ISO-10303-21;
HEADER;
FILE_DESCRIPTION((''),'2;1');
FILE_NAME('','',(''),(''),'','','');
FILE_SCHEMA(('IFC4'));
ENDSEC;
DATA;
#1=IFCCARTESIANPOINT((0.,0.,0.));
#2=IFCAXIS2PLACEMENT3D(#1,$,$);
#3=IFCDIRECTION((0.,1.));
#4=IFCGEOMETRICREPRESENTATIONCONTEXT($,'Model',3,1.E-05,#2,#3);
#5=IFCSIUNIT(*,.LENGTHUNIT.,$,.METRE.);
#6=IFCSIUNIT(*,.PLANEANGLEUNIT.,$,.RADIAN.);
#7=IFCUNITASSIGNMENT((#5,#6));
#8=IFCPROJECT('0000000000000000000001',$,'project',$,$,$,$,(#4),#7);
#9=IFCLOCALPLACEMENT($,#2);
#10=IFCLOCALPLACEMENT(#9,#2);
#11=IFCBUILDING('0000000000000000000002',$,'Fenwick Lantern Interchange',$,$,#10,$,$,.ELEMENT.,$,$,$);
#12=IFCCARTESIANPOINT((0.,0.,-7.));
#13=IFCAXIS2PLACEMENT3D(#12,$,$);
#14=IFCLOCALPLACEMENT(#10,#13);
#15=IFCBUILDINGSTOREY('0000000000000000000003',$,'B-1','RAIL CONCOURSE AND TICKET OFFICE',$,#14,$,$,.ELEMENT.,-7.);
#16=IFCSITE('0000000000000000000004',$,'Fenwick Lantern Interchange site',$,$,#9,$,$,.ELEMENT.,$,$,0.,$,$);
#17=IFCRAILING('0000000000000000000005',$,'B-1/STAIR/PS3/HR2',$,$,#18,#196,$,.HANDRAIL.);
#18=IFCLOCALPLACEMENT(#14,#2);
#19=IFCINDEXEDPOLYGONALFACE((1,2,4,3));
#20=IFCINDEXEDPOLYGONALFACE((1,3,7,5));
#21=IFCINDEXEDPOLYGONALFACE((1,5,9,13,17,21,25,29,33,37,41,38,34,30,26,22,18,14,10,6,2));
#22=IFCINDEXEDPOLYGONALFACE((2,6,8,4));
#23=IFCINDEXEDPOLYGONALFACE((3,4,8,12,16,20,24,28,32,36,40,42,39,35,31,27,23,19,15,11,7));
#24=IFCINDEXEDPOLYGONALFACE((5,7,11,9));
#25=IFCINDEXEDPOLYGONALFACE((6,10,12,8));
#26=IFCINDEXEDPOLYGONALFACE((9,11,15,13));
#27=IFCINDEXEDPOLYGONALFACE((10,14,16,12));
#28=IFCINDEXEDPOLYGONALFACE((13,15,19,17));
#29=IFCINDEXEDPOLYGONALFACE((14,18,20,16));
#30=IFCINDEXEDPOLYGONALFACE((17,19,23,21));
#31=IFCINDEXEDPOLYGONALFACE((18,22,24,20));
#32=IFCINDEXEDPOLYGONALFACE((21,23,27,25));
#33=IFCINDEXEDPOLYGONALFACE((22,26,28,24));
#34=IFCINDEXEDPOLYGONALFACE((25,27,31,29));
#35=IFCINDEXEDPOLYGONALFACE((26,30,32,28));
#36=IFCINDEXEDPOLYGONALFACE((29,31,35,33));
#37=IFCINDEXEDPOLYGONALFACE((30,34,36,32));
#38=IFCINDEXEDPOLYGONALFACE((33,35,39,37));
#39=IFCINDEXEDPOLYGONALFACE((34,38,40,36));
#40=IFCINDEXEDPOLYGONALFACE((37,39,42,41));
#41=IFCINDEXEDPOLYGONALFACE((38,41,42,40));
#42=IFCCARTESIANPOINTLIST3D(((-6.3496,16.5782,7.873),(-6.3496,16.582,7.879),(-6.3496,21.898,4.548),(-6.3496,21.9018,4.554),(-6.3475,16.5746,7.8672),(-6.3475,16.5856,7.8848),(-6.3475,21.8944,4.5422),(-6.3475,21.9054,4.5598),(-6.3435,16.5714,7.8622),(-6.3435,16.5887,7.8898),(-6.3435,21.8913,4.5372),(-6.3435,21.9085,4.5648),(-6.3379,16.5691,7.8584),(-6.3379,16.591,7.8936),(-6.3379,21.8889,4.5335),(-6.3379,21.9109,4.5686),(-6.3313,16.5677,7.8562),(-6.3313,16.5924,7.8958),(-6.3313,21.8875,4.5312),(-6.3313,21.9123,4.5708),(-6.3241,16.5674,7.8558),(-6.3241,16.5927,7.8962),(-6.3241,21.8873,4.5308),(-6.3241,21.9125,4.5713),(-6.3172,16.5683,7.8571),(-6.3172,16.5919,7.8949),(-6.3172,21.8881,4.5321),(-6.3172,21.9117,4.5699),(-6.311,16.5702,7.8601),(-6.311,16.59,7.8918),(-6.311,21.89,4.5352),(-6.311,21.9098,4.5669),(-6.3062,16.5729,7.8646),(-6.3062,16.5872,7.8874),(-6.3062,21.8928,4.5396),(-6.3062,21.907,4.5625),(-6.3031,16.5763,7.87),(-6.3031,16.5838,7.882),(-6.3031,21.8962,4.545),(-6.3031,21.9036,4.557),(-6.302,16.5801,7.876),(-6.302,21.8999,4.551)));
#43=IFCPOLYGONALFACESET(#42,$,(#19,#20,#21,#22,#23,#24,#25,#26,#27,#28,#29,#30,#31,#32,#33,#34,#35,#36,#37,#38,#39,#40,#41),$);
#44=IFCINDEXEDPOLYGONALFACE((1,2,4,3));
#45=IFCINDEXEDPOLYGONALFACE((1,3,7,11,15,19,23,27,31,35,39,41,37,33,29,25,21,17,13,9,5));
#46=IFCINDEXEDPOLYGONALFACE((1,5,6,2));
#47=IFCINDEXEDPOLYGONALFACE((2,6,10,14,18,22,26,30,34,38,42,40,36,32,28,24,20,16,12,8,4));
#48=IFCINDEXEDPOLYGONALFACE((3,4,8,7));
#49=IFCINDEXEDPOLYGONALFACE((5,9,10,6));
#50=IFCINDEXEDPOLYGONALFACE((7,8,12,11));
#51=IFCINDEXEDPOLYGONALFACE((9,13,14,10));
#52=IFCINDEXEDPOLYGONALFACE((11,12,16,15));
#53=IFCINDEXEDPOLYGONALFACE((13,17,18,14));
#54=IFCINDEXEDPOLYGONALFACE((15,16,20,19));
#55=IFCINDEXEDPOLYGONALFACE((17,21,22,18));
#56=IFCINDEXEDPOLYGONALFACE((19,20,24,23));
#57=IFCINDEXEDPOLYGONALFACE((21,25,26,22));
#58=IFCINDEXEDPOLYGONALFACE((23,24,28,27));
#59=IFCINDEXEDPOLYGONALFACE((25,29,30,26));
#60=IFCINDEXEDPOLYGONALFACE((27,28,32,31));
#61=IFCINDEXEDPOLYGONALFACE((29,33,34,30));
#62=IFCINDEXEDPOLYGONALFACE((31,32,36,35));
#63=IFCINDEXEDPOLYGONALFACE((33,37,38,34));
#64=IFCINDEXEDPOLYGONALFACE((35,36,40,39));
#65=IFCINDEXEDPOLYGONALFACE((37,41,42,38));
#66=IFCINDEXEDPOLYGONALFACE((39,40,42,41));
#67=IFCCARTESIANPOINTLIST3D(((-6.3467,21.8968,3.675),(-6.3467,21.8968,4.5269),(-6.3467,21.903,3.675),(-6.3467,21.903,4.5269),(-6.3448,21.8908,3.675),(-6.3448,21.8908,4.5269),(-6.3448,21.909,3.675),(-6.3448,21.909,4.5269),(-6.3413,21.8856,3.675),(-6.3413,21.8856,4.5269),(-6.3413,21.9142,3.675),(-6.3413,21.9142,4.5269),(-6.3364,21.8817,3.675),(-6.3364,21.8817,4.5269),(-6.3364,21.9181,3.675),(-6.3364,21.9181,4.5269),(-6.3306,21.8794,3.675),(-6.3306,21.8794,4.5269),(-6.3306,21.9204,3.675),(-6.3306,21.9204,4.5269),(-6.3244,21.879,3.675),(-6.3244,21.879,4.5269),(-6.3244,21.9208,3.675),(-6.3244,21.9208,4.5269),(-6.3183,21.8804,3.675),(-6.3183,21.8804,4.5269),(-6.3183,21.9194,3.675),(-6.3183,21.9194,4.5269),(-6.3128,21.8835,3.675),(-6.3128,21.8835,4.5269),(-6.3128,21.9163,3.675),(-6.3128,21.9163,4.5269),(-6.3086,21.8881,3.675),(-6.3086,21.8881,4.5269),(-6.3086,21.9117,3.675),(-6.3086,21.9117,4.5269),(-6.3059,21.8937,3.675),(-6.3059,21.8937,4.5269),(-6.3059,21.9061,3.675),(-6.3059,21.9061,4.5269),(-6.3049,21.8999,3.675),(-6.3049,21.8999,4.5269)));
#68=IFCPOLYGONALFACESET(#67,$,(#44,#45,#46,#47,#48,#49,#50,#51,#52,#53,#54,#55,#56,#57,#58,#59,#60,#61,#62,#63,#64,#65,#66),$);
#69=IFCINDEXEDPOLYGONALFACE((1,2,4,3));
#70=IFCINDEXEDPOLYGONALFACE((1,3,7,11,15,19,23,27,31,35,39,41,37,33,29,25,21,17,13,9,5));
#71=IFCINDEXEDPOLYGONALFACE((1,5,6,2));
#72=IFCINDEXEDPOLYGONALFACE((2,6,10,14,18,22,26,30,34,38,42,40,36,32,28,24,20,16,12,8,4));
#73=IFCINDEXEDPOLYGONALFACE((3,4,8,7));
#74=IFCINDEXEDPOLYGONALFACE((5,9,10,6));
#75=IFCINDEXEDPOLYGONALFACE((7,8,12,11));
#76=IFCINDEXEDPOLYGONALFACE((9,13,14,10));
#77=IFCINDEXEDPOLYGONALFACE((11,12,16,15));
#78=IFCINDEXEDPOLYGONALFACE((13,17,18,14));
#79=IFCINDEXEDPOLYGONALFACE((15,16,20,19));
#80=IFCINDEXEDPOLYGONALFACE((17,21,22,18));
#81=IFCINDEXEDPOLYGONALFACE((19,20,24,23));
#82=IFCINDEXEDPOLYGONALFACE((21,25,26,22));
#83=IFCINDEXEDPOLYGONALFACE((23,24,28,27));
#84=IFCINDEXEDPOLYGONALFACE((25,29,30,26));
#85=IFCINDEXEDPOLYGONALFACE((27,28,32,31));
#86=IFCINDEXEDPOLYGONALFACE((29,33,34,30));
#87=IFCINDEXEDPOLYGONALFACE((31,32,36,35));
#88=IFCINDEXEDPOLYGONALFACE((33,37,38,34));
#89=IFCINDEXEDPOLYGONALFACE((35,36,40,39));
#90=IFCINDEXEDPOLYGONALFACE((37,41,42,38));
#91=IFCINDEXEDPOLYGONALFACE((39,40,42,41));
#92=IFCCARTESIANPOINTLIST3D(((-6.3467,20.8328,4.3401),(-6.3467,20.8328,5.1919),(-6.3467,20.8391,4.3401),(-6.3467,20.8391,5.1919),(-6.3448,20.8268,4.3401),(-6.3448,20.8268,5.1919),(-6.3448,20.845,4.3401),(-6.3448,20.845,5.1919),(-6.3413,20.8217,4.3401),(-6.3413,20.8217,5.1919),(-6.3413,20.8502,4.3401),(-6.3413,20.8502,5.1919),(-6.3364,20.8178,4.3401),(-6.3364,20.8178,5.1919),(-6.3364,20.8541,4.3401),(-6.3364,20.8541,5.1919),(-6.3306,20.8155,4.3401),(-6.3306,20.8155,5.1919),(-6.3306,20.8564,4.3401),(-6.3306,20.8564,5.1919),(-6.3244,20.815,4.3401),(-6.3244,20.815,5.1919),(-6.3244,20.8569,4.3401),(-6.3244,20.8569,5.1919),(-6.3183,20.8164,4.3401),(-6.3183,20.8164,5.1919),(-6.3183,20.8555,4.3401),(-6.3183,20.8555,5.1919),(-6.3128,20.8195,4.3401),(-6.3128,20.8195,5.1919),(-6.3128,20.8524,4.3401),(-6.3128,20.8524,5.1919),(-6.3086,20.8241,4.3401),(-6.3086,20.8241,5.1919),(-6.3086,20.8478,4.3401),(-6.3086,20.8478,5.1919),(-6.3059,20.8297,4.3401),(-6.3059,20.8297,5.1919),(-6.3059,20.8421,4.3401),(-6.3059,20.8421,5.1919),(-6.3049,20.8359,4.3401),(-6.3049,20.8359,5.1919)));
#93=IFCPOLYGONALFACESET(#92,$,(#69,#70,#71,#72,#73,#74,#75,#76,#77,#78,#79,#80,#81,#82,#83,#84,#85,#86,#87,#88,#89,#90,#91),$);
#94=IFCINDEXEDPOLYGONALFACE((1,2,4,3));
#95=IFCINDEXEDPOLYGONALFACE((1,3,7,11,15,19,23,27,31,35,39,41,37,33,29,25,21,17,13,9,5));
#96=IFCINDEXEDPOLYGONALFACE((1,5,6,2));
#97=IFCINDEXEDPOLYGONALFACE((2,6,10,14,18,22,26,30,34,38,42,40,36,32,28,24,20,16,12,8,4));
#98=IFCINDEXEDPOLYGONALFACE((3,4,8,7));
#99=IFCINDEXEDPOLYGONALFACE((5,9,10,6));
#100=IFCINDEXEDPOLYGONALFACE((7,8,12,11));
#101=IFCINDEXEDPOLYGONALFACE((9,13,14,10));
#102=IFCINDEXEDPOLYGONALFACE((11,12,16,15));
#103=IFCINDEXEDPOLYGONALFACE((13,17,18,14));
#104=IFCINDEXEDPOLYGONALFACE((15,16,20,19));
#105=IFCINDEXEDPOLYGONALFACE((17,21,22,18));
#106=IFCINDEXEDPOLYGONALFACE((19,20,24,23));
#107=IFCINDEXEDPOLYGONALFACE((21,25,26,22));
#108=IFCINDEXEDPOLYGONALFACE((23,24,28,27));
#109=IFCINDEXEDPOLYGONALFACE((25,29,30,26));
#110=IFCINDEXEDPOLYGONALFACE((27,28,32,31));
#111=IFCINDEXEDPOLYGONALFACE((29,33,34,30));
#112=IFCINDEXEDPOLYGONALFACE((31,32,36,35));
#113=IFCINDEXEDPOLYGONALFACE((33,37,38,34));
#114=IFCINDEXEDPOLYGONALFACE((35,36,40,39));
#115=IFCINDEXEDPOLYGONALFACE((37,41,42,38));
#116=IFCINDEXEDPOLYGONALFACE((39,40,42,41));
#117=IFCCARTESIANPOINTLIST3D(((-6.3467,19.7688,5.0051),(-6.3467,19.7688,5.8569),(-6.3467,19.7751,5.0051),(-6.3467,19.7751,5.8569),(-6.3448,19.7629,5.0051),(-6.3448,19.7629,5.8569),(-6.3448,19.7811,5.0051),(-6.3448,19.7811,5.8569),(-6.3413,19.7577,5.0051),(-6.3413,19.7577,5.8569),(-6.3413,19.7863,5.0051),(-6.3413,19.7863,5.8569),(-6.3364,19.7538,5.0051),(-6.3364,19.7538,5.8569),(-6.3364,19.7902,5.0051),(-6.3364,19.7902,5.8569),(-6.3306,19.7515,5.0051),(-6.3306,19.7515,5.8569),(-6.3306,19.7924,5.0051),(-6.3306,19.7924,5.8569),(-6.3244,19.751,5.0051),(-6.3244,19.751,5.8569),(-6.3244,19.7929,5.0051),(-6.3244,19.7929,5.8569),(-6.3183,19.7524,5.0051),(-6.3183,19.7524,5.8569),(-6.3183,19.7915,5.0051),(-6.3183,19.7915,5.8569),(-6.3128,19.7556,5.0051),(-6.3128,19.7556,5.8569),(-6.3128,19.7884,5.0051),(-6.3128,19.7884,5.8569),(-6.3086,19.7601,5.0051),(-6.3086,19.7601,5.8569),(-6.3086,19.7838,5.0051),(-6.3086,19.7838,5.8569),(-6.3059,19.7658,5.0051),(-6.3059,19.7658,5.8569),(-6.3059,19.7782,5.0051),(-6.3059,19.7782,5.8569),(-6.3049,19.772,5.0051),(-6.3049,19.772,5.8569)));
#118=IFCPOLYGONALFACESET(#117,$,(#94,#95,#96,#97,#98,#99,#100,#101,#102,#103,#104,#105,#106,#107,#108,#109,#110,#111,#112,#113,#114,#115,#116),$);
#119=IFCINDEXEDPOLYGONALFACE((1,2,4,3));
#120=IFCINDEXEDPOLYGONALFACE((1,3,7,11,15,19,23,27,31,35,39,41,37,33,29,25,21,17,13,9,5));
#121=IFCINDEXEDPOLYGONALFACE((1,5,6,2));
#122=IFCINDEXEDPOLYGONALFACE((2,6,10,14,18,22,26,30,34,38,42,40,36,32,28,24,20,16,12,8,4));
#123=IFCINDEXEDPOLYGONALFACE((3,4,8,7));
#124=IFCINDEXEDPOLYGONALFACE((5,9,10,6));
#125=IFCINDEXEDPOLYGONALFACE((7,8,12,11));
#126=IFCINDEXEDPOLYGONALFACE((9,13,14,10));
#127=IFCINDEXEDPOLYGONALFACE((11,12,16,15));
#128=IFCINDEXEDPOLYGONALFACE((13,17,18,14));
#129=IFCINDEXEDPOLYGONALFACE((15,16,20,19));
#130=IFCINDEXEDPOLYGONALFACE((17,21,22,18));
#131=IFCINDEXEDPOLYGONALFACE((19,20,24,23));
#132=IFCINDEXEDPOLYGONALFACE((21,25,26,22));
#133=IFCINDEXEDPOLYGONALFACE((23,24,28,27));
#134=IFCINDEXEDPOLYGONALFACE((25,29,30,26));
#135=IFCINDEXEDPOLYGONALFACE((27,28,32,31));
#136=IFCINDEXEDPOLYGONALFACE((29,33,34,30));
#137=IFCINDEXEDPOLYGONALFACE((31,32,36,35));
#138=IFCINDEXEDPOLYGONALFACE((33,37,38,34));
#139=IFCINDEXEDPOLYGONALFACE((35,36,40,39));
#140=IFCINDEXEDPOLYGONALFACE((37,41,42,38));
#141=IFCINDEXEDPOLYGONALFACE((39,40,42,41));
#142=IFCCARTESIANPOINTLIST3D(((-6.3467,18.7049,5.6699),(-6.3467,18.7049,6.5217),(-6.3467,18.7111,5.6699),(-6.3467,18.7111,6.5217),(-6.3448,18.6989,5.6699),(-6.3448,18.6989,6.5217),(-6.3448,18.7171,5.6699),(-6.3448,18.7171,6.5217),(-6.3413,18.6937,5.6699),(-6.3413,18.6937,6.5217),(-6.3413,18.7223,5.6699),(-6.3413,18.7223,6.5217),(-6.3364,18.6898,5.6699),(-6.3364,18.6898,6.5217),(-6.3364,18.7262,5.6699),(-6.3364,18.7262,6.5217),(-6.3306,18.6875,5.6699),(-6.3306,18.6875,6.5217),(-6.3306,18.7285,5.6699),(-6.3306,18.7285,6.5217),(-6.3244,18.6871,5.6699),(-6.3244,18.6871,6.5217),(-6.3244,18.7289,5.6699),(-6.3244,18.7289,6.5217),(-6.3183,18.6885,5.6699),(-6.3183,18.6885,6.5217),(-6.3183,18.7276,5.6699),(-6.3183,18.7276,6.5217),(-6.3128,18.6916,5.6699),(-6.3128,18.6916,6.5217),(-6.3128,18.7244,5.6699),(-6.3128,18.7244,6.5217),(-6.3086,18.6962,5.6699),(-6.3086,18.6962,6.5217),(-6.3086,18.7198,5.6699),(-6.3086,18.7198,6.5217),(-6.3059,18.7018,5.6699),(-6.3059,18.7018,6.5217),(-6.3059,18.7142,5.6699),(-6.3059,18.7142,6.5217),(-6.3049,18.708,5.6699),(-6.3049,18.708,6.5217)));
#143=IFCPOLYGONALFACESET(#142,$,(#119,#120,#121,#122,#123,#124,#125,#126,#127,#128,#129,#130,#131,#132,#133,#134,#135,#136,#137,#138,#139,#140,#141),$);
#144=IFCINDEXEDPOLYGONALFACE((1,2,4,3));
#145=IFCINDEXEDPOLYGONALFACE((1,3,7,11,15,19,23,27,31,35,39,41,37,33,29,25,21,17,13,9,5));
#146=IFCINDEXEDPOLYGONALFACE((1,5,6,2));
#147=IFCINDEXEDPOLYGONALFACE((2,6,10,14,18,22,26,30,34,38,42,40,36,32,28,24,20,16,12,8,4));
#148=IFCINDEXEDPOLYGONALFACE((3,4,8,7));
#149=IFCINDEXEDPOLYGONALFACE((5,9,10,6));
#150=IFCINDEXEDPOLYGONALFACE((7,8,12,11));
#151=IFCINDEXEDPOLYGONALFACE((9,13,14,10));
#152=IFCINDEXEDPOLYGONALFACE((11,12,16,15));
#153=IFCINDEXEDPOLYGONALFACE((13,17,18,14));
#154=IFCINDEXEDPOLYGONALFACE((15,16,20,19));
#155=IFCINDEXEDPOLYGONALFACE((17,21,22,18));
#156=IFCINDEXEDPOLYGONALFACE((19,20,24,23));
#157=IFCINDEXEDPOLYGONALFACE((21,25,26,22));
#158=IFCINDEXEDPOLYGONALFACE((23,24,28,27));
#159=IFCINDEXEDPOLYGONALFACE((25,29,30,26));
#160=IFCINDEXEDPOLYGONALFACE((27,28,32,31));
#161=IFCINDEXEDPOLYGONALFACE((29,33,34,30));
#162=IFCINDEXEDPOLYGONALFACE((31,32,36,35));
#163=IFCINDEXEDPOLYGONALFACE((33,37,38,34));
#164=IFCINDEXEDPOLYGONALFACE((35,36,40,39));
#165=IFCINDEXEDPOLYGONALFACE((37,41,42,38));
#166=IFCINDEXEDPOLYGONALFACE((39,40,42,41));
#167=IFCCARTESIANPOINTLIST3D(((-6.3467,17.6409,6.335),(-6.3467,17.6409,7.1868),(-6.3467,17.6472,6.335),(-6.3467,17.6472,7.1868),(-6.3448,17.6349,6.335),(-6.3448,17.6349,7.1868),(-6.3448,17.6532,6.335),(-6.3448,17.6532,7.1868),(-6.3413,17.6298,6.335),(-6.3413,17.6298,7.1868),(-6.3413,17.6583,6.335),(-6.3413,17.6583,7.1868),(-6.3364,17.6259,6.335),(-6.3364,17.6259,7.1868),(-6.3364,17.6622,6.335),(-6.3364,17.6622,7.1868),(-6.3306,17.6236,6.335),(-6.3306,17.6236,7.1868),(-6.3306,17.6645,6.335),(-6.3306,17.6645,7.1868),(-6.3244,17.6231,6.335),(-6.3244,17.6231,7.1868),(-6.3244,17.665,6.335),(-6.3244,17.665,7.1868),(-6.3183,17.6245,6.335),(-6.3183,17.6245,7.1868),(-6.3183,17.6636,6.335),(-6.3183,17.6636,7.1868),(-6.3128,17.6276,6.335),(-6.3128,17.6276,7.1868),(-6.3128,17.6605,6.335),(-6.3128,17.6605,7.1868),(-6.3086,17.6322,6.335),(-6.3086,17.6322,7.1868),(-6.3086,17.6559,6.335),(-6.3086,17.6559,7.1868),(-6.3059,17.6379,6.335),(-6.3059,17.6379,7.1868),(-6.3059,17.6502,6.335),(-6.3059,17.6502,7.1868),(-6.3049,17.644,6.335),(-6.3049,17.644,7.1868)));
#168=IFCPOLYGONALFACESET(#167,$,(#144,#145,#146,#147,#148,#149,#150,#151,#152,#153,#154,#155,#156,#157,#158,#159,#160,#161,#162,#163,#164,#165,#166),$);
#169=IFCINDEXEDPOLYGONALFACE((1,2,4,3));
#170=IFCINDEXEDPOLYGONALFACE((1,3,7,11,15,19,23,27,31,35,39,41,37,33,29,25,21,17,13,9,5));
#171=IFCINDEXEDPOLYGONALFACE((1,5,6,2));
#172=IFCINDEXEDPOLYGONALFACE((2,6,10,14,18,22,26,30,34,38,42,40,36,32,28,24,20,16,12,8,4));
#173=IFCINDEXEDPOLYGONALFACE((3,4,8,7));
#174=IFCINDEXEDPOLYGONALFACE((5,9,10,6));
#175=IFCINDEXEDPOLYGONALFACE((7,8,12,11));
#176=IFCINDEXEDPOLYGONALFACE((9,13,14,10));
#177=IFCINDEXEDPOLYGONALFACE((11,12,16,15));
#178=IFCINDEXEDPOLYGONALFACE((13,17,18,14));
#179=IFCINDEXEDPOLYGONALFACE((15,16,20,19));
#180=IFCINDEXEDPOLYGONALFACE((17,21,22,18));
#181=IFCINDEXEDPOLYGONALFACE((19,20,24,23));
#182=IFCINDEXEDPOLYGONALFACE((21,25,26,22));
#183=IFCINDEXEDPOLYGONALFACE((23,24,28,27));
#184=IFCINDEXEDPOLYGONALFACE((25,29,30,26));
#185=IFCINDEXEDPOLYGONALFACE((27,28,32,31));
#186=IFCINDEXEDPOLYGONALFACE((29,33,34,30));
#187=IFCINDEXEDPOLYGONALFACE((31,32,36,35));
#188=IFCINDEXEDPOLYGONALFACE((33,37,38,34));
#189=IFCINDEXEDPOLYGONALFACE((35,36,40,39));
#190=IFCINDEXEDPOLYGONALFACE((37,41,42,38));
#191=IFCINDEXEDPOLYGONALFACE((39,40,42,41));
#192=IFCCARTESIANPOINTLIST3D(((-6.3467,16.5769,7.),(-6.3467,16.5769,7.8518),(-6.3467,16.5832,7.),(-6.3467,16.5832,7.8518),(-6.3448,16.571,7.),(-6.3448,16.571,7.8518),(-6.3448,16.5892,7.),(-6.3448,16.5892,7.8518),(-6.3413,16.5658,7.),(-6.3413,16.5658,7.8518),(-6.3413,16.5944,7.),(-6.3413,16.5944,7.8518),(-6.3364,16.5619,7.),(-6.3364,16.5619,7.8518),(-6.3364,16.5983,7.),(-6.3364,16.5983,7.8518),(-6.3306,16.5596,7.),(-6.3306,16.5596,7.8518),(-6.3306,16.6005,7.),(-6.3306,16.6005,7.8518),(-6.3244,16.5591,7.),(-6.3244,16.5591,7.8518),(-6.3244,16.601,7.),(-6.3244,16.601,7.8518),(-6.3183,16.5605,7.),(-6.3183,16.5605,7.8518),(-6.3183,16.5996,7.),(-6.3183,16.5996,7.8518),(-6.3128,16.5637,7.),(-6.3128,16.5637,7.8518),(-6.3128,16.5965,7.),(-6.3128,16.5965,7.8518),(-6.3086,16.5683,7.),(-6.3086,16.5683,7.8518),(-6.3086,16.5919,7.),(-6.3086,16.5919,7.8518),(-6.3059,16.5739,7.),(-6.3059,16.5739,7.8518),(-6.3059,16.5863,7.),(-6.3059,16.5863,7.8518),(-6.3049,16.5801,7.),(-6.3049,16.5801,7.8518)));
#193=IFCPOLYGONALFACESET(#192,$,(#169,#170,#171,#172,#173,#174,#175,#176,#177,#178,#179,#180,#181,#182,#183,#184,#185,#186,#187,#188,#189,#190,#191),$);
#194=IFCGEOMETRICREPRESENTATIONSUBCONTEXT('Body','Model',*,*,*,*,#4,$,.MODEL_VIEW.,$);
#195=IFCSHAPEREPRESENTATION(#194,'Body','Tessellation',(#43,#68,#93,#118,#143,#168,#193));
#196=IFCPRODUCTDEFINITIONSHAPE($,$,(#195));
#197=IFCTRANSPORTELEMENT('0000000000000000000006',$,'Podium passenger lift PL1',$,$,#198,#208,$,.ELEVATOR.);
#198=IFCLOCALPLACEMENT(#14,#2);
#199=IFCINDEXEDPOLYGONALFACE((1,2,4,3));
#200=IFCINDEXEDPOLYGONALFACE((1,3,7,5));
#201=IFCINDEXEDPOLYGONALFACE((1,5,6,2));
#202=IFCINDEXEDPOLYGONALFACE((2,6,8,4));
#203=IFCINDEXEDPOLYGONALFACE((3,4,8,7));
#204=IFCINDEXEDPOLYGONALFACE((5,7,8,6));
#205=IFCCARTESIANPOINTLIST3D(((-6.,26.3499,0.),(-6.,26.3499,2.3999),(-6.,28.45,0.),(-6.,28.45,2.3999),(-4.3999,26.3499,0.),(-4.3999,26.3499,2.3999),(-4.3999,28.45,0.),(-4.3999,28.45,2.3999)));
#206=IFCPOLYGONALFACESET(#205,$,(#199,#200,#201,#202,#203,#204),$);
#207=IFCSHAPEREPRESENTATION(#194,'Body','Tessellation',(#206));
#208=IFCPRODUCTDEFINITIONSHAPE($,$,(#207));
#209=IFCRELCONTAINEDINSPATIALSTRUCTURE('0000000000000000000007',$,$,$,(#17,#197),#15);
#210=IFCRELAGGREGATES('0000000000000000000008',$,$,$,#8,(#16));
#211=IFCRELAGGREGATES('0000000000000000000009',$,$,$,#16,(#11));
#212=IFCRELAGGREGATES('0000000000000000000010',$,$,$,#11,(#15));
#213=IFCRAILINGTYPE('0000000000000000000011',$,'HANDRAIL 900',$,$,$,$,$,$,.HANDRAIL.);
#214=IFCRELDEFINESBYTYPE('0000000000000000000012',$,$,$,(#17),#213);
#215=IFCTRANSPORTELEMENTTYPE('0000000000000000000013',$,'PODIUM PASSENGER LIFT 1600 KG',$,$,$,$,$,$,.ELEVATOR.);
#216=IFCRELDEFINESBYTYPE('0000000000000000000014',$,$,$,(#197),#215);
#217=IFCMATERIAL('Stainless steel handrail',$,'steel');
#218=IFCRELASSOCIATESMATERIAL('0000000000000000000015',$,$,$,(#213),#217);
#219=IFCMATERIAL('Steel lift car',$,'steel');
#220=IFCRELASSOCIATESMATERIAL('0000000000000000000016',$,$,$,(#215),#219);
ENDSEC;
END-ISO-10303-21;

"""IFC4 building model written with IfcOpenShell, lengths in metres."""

from ifc_helpers import new_model, si_unit, direction, frame, origin, origin_2d, place, context, subcontext, project, spatial, rectangle, circle, extrude, material, type_object, element, save


model = new_model("IFC4")

# Units and contexts
model_context = context("Model", 3, precision=1e-05, world=origin(), true_north=direction((0.0, 1.0)))
body_context = subcontext(model_context, "Body", "Model", "MODEL_VIEW")
ifc_project = project(units=[si_unit("LENGTHUNIT", "METRE"), si_unit("PLANEANGLEUNIT", "RADIAN")], contexts=[model_context])

# Site, building, storey
site_placement = place(None, origin())
site = spatial("IfcSite", under=ifc_project, at=site_placement, Name="Fenwick Lantern Interchange site", CompositionType="ELEMENT", RefElevation=0.0)
building_placement = place(site_placement, origin())
building = spatial("IfcBuilding", under=site, at=building_placement, Name="Fenwick Lantern Interchange", CompositionType="ELEMENT")
storey_placement = place(building_placement, frame((0.0, 0.0, -7.0)))
storey = spatial("IfcBuildingStorey", under=building, at=storey_placement, Name="B-1", Description="RAIL CONCOURSE AND TICKET OFFICE", CompositionType="ELEMENT", Elevation=-7.0)

# Railing
ifc_material_1 = material(Name="Stainless steel handrail", Category="steel")
railing_type = type_object("IfcRailingType", Name="HANDRAIL 900", PredefinedType="HANDRAIL", material=ifc_material_1)
railing_placement = place(storey_placement, frame((-6.3259, 21.8999, 3.675)))
element("IfcRailing", 1, at=railing_placement, inside=storey, type_object=railing_type, Name="B-1/STAIR/PS3/HR2", PredefinedType="HANDRAIL", context=body_context, shape_type="SweptSolid", body=[
    extrude(circle(Radius=0.0239, at=origin_2d()), frame((0.0, 0.0, 0.876), z_axis=(0.0, -0.847994, 0.530006), x_axis=(1.0, 0.0, 0.0)), (0.0, 0.0, 1.0), 6.2734),
    extrude(circle(Radius=0.021, at=origin_2d()), origin(), (0.0, 0.0, 1.0), 0.8518),
    extrude(circle(Radius=0.021, at=origin_2d()), frame((0.0, -1.064, 0.665)), (0.0, 0.0, 1.0), 0.8518),
    extrude(circle(Radius=0.021, at=origin_2d()), frame((0.0, -2.1279, 1.3301)), (0.0, 0.0, 1.0), 0.8518),
    extrude(circle(Radius=0.021, at=origin_2d()), frame((0.0, -3.1919, 1.9949)), (0.0, 0.0, 1.0), 0.8518),
    extrude(circle(Radius=0.021, at=origin_2d()), frame((0.0, -4.2559, 2.6599)), (0.0, 0.0, 1.0), 0.8518),
    extrude(circle(Radius=0.021, at=origin_2d()), frame((0.0, -5.3198, 3.325)), (0.0, 0.0, 1.0), 0.8518),
])

# Transport element
ifc_material_2 = material(Name="Steel lift car", Category="steel")
transport_element_type = type_object("IfcTransportElementType", Name="PODIUM PASSENGER LIFT 1600 KG", PredefinedType="ELEVATOR", material=ifc_material_2)
transport_element_placement = place(storey_placement, frame((-5.2, 27.3999, 0.0), z_axis=(0.0, 0.0, 1.0), x_axis=(1.0, 0.0, 0.0)))
element("IfcTransportElement", 2, at=transport_element_placement, inside=storey, type_object=transport_element_type, Name="Podium passenger lift PL1", PredefinedType="ELEVATOR", context=body_context, shape_type="SweptSolid", body=[
    extrude(rectangle(XDim=1.6001, YDim=2.1001, at=origin_2d()), origin(), (0.0, 0.0, 1.0), 2.3999),
])

save(model, "model.ifc")
